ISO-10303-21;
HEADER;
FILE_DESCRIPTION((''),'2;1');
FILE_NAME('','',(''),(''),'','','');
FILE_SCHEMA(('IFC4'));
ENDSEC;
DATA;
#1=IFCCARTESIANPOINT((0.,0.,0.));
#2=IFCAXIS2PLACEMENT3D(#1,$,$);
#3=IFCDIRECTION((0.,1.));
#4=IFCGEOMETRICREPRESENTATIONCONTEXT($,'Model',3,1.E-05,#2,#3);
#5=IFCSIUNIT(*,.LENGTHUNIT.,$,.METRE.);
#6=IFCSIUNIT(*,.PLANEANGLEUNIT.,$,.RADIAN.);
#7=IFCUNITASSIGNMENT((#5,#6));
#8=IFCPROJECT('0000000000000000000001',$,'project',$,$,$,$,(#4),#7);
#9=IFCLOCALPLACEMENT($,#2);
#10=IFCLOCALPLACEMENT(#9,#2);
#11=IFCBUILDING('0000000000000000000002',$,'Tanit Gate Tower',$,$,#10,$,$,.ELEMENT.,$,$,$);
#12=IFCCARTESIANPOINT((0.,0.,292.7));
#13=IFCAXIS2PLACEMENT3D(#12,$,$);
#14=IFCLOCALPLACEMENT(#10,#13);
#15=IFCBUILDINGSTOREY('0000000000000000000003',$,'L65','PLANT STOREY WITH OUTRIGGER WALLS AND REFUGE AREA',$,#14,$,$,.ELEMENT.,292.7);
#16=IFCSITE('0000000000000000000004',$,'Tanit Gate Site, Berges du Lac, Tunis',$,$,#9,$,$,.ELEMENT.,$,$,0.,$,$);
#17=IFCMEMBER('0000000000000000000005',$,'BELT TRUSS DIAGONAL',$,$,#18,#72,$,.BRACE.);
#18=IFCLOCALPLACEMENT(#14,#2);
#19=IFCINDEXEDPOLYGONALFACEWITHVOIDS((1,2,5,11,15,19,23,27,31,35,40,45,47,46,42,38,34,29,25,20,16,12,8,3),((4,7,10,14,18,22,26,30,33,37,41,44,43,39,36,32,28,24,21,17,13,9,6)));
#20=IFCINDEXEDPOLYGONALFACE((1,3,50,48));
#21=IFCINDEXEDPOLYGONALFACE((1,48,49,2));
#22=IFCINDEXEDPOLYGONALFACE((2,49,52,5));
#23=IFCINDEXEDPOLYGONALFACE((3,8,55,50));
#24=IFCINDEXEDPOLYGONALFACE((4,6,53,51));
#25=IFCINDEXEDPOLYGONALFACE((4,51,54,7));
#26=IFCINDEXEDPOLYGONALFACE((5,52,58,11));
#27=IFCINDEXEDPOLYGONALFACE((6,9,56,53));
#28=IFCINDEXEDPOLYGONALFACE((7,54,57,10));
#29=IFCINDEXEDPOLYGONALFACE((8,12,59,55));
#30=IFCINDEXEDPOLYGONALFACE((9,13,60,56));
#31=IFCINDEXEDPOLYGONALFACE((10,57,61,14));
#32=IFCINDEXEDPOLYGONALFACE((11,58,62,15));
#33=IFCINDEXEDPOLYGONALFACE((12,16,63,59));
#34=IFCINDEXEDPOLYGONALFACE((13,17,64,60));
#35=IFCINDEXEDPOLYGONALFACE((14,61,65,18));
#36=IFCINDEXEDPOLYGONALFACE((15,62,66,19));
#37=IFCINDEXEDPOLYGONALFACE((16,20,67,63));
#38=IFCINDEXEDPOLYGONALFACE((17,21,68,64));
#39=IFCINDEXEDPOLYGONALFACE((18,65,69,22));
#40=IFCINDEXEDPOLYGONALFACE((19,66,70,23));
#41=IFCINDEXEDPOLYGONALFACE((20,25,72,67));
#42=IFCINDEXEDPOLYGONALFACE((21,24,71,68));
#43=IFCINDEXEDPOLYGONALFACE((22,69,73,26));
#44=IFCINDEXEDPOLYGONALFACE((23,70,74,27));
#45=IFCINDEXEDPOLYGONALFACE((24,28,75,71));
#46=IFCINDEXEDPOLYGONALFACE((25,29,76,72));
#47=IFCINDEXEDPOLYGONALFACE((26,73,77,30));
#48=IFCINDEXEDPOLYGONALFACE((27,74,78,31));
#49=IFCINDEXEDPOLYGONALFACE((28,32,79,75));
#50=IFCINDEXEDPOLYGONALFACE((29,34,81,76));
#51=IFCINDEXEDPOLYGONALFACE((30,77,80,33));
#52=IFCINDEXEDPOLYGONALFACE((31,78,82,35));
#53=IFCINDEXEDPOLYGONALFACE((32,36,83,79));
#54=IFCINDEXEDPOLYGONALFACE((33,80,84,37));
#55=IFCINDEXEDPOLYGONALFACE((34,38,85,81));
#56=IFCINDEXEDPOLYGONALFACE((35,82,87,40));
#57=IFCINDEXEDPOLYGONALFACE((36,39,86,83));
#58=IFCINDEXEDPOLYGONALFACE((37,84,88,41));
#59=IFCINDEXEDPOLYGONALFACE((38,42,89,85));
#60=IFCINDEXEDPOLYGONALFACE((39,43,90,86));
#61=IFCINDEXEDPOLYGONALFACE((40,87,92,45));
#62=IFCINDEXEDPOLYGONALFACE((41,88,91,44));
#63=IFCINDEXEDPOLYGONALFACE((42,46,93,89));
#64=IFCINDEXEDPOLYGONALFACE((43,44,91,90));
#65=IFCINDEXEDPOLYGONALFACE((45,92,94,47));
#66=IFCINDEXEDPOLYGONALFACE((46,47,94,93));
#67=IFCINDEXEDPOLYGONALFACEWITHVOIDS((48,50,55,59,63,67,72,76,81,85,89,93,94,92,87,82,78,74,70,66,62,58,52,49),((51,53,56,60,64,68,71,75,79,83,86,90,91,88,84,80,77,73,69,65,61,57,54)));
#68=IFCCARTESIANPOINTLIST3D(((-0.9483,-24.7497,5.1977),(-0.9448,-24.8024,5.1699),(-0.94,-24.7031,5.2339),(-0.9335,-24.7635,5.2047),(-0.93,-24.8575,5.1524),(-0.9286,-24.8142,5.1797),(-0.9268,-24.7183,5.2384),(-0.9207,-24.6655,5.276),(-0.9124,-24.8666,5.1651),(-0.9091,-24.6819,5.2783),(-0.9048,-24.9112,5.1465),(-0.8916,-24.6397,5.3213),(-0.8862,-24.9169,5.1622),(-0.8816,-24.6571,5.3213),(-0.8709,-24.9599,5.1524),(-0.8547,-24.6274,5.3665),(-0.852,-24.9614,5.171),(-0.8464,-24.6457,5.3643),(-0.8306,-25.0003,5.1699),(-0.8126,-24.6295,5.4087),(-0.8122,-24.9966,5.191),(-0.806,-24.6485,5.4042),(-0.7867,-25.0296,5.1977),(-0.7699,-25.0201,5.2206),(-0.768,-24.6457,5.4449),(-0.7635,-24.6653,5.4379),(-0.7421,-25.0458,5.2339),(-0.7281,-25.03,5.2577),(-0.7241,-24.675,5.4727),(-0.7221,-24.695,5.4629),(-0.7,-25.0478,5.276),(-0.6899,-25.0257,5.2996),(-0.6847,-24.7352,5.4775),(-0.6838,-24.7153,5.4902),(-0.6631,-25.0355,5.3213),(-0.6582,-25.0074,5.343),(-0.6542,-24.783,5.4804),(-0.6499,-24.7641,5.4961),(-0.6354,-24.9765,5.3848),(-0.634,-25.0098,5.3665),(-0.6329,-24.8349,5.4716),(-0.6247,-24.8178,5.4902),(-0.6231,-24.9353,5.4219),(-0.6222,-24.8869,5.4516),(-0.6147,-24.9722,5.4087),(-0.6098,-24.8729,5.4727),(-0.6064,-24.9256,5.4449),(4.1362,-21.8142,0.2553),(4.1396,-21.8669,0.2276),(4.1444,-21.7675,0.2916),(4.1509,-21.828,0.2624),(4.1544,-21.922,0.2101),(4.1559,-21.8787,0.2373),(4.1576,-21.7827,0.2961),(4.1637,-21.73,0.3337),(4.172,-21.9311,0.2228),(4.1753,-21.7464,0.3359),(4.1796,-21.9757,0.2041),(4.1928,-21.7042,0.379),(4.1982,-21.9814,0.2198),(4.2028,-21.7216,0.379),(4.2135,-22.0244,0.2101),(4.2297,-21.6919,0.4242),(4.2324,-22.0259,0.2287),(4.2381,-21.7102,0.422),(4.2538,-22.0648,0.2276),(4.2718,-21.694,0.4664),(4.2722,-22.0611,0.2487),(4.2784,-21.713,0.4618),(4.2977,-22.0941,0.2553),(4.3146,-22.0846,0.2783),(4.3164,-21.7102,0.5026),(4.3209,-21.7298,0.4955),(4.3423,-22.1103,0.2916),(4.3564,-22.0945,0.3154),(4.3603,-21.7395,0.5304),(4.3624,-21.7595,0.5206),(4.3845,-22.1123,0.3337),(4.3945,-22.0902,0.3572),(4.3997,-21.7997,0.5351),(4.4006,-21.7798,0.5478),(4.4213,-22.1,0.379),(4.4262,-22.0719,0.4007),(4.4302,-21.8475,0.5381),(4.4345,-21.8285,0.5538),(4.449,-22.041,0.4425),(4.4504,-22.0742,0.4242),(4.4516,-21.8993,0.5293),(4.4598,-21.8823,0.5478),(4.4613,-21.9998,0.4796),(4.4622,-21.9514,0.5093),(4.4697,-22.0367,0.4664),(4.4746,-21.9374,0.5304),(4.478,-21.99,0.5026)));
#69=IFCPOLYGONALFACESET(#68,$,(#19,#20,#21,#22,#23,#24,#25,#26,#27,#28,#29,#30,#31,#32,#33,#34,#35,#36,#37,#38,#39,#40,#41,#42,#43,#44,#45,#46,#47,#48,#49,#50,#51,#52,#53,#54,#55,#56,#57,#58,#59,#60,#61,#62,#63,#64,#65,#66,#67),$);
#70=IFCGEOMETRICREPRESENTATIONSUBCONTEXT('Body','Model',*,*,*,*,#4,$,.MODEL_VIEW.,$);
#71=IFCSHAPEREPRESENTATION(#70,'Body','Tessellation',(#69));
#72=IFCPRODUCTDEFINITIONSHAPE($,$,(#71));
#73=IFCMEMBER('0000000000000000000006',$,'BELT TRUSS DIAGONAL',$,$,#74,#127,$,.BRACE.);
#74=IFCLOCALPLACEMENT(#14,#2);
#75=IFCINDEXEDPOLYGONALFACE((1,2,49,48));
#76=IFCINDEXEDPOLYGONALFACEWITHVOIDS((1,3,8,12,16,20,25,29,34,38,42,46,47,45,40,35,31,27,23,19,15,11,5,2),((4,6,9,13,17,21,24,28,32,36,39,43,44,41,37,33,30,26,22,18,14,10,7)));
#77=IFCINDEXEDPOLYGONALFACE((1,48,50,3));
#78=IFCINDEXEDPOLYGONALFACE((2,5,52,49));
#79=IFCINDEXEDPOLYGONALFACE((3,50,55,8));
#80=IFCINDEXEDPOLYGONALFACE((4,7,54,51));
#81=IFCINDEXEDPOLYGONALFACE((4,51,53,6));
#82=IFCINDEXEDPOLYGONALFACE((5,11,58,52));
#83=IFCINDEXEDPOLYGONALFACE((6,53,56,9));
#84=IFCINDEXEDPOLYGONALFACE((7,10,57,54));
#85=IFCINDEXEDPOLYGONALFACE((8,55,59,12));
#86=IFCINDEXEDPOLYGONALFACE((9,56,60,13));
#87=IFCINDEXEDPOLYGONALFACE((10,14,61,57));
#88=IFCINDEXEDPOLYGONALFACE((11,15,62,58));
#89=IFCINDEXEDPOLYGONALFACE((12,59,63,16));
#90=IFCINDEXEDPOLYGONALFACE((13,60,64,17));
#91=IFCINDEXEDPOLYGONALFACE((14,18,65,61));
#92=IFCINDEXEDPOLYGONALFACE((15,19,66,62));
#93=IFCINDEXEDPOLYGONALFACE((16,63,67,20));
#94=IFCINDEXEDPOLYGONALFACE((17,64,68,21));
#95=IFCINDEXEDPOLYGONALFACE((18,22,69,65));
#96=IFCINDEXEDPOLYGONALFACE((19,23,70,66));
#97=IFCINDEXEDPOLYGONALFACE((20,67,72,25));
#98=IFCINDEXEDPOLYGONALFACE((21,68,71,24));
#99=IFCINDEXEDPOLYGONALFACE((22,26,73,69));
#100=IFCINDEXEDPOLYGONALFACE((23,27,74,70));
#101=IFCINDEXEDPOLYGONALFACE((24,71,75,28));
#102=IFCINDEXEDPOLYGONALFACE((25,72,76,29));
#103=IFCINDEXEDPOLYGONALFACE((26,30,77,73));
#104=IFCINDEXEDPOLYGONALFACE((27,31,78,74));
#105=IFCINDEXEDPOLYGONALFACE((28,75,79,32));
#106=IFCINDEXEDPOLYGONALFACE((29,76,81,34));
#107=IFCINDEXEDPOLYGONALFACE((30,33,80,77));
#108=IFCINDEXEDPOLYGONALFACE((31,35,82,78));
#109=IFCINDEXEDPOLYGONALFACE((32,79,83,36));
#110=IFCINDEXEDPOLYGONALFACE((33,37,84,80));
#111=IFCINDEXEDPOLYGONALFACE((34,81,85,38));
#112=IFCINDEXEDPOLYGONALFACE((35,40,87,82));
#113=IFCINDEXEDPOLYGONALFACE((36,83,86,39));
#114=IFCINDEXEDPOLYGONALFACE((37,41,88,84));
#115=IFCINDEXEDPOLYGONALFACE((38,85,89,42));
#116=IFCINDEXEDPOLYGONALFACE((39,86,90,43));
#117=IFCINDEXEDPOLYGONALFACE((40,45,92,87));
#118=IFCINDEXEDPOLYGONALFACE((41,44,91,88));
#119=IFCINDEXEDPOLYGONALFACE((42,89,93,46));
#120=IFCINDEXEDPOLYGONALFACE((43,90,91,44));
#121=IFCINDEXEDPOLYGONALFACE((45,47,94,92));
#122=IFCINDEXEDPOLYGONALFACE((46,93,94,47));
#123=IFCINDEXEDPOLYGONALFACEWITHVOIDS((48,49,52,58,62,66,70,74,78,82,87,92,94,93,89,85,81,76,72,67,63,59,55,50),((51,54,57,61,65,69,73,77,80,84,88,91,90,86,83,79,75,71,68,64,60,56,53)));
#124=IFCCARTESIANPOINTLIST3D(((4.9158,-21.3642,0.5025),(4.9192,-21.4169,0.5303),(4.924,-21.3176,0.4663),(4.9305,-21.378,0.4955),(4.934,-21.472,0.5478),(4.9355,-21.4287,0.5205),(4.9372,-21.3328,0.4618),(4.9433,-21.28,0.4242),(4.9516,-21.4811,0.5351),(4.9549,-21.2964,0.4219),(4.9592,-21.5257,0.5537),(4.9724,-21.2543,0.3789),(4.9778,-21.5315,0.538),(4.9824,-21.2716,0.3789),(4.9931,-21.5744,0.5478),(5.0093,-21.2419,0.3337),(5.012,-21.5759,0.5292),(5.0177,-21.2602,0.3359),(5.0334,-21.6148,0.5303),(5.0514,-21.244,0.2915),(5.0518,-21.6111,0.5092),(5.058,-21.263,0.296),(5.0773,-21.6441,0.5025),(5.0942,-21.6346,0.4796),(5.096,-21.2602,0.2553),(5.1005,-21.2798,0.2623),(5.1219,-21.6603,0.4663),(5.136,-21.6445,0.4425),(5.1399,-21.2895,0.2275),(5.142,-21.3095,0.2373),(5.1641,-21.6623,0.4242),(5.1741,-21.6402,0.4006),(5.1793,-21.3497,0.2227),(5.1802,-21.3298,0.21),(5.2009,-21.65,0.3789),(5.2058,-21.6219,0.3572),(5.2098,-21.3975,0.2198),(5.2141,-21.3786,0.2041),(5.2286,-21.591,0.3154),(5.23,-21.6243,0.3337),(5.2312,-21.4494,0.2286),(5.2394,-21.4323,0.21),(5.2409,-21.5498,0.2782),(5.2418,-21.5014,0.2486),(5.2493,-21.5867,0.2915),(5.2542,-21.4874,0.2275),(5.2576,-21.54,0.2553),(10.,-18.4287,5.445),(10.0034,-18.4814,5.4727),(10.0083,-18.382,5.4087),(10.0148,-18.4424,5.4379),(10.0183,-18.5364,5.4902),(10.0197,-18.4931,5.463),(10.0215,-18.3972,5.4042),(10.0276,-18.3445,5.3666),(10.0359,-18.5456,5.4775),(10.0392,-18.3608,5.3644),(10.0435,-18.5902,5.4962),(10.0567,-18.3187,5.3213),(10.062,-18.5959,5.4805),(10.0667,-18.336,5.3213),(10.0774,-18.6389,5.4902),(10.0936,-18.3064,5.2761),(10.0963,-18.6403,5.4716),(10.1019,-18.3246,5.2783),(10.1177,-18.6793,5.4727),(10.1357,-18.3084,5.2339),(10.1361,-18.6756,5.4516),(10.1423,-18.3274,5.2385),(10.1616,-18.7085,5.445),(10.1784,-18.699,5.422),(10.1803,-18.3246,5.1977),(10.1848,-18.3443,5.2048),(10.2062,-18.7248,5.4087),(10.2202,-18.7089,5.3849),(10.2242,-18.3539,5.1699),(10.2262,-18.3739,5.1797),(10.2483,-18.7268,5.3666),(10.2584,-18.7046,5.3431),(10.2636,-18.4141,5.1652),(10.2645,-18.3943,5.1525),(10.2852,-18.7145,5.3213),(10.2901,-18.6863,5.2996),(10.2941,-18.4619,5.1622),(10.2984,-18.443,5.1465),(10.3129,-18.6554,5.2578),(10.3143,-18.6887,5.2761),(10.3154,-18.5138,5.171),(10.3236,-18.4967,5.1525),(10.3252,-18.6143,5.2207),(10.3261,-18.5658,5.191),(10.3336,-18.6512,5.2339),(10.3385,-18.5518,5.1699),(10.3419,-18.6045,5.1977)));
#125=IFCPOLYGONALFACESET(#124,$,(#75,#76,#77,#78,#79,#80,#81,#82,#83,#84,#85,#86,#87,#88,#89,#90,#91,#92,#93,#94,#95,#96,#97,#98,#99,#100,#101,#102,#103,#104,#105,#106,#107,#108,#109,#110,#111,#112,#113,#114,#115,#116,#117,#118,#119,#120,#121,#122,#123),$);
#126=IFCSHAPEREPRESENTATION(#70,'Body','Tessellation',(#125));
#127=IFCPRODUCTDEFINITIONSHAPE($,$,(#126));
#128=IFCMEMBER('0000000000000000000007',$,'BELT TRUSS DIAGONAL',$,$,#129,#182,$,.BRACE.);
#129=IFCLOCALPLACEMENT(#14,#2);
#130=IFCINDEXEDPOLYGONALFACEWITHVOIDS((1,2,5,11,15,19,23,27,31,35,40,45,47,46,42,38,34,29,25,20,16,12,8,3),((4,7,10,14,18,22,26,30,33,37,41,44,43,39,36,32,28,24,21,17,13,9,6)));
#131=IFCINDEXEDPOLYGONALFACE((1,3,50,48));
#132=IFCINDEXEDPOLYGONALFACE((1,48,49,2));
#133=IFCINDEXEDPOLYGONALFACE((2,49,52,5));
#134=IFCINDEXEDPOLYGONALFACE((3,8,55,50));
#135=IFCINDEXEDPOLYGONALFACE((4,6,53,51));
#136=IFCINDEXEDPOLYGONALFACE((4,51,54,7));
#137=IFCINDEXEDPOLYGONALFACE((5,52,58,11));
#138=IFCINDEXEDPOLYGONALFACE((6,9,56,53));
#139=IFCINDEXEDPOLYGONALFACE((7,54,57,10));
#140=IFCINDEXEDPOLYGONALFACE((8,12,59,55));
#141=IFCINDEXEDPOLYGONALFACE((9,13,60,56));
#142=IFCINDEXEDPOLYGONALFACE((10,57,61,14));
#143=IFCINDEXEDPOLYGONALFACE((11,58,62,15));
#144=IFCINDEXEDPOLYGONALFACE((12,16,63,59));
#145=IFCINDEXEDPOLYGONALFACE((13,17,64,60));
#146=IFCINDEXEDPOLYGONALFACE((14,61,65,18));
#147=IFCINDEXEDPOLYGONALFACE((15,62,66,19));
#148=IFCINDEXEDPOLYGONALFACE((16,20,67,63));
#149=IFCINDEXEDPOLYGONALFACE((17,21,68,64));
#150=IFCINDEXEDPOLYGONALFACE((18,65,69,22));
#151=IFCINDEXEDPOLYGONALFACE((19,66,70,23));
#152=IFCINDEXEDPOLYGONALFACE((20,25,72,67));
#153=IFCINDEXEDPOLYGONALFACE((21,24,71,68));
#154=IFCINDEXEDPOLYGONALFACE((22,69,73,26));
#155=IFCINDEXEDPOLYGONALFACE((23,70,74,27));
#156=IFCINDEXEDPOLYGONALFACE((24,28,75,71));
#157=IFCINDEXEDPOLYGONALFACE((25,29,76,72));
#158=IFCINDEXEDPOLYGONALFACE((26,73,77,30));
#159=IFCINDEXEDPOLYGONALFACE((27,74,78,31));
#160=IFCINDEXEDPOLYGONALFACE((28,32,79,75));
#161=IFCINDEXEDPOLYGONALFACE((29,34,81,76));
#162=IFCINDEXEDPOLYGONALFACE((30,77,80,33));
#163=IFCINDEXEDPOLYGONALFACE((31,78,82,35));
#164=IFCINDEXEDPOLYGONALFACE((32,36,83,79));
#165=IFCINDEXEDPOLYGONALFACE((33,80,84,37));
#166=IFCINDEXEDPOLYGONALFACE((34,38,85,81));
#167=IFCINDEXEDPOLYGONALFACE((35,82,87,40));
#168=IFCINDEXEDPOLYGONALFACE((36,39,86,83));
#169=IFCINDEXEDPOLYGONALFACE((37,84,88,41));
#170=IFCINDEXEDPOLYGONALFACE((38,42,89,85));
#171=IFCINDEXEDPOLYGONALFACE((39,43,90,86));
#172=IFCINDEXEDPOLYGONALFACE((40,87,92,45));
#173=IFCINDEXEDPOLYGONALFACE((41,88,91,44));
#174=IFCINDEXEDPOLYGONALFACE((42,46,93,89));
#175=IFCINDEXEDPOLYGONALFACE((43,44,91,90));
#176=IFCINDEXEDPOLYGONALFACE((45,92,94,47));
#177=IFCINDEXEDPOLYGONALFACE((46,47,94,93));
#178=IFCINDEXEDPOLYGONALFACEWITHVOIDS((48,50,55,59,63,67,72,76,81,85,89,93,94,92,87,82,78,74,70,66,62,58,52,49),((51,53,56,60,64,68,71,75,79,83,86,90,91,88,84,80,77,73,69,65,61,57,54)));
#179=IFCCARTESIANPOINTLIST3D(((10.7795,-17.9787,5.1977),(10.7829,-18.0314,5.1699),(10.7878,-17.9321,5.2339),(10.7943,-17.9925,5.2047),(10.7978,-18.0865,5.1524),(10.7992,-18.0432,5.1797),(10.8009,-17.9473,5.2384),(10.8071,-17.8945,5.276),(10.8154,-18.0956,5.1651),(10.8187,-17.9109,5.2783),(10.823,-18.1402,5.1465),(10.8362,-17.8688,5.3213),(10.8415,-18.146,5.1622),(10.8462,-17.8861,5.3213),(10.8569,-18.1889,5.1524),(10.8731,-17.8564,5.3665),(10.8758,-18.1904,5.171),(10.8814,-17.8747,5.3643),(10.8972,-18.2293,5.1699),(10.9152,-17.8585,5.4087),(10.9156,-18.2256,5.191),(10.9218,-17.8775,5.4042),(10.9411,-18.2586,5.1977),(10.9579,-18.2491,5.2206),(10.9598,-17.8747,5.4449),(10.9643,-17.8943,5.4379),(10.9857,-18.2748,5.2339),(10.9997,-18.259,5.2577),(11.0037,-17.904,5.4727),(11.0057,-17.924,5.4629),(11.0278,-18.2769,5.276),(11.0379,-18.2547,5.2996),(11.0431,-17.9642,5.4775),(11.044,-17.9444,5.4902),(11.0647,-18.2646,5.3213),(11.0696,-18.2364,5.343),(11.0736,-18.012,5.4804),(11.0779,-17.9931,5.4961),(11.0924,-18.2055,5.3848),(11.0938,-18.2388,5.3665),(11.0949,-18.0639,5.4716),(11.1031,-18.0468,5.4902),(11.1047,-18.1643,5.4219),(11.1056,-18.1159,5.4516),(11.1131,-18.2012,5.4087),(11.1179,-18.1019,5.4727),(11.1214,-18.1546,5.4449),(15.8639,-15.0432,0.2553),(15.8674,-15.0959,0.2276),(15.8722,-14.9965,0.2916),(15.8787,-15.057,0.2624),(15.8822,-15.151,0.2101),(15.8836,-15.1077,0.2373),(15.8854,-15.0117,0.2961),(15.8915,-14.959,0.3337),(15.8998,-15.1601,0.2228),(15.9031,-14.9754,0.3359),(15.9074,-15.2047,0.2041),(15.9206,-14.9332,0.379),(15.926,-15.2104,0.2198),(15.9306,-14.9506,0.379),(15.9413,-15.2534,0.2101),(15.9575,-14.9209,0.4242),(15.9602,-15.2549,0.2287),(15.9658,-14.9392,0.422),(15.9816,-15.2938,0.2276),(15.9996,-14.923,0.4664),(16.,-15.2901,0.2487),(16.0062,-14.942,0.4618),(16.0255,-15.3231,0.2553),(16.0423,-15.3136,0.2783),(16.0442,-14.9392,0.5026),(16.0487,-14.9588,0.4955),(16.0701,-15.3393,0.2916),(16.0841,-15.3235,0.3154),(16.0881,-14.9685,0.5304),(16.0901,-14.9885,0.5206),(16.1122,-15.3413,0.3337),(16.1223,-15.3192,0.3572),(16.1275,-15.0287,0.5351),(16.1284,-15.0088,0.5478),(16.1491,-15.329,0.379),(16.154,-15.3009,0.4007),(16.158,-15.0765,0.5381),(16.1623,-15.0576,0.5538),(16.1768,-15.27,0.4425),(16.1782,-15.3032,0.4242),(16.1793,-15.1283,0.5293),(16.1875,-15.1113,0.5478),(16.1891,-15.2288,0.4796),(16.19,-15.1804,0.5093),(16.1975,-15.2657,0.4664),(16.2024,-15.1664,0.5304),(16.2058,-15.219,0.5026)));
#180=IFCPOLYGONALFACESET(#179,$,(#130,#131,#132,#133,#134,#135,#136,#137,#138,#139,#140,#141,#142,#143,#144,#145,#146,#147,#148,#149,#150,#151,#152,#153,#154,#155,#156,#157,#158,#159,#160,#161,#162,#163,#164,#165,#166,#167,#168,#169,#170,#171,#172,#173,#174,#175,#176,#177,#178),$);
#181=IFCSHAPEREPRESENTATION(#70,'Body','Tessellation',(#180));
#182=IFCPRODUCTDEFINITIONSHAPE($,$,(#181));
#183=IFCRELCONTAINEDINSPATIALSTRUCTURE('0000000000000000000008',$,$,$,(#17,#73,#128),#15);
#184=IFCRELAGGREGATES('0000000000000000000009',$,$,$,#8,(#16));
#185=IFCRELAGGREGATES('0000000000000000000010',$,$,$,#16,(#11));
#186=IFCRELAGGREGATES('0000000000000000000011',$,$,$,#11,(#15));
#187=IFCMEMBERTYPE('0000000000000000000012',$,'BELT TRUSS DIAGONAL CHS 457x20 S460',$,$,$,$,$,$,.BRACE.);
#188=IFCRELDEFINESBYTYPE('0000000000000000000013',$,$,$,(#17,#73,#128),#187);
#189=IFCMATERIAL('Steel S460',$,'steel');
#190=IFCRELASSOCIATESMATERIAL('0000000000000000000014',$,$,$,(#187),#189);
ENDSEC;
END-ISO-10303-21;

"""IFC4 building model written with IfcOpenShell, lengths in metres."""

from ifc_helpers import new_model, si_unit, direction, frame, origin, origin_2d, place, context, subcontext, project, spatial, hollow_circle, extrude, material, material_profile, profile_set, type_object, element, save


model = new_model("IFC4")

# Units and contexts
model_context = context("Model", 3, precision=1e-05, world=origin(), true_north=direction((0.0, 1.0)))
body_context = subcontext(model_context, "Body", "Model", "MODEL_VIEW")
ifc_project = project(units=[si_unit("LENGTHUNIT", "METRE"), si_unit("PLANEANGLEUNIT", "RADIAN")], contexts=[model_context])

# Site, building, storey
site_placement = place(None, origin())
site = spatial("IfcSite", under=ifc_project, at=site_placement, Name="Tanit Gate Site, Berges du Lac, Tunis", CompositionType="ELEMENT", RefElevation=0.0)
building_placement = place(site_placement, origin())
building = spatial("IfcBuilding", under=site, at=building_placement, Name="Tanit Gate Tower", CompositionType="ELEMENT")
storey_placement = place(building_placement, frame((0.0, 0.0, 292.7)))
storey = spatial("IfcBuildingStorey", under=building, at=storey_placement, Name="L65", Description="PLANT STOREY WITH OUTRIGGER WALLS AND REFUGE AREA", CompositionType="ELEMENT", Elevation=292.7)

# Members
ifc_material_1 = material(Name="Steel S460", Category="steel")
ifc_material_profile_1 = material_profile(ifc_material_1, hollow_circle(Radius=0.2285, WallThickness=0.02, at=origin_2d()), Name="CHS 457x20")
ifc_profile_set_1 = profile_set([ifc_material_profile_1], Name="Steel S460")
member_type = type_object("IfcMemberType", Name="BELT TRUSS DIAGONAL CHS 457x20 S460", PredefinedType="BRACE", material=ifc_profile_set_1)
for number, where, z_axis, x_axis, name in (
    (1, (-0.7773, -24.8376, 5.3213), (0.662524, 0.382511, -0.644009), (-0.500003, 0.866024, 0.0), "BELT TRUSS DIAGONAL"),
    (2, (5.0867, -21.4521, 0.3789), (0.662506, 0.38252, 0.644022), (-0.500021, 0.866013, 0.0), "BELT TRUSS DIAGONAL"),
    (3, (10.9504, -18.0667, 5.3213), (0.662524, 0.382511, -0.644009), (-0.500003, 0.866024, 0.0), "BELT TRUSS DIAGONAL"),
):
    element("IfcMember", number, at=place(storey_placement, frame(where, z_axis=z_axis, x_axis=x_axis)), inside=storey, type_object=member_type, Name=name, PredefinedType="BRACE", context=body_context, shape_type="SweptSolid", body=[
        extrude(hollow_circle(Radius=0.2285, WallThickness=0.02, at=origin_2d()), origin(), (0.0, 0.0, 1.0), 7.6743),
    ])

save(model, "model.ifc")
